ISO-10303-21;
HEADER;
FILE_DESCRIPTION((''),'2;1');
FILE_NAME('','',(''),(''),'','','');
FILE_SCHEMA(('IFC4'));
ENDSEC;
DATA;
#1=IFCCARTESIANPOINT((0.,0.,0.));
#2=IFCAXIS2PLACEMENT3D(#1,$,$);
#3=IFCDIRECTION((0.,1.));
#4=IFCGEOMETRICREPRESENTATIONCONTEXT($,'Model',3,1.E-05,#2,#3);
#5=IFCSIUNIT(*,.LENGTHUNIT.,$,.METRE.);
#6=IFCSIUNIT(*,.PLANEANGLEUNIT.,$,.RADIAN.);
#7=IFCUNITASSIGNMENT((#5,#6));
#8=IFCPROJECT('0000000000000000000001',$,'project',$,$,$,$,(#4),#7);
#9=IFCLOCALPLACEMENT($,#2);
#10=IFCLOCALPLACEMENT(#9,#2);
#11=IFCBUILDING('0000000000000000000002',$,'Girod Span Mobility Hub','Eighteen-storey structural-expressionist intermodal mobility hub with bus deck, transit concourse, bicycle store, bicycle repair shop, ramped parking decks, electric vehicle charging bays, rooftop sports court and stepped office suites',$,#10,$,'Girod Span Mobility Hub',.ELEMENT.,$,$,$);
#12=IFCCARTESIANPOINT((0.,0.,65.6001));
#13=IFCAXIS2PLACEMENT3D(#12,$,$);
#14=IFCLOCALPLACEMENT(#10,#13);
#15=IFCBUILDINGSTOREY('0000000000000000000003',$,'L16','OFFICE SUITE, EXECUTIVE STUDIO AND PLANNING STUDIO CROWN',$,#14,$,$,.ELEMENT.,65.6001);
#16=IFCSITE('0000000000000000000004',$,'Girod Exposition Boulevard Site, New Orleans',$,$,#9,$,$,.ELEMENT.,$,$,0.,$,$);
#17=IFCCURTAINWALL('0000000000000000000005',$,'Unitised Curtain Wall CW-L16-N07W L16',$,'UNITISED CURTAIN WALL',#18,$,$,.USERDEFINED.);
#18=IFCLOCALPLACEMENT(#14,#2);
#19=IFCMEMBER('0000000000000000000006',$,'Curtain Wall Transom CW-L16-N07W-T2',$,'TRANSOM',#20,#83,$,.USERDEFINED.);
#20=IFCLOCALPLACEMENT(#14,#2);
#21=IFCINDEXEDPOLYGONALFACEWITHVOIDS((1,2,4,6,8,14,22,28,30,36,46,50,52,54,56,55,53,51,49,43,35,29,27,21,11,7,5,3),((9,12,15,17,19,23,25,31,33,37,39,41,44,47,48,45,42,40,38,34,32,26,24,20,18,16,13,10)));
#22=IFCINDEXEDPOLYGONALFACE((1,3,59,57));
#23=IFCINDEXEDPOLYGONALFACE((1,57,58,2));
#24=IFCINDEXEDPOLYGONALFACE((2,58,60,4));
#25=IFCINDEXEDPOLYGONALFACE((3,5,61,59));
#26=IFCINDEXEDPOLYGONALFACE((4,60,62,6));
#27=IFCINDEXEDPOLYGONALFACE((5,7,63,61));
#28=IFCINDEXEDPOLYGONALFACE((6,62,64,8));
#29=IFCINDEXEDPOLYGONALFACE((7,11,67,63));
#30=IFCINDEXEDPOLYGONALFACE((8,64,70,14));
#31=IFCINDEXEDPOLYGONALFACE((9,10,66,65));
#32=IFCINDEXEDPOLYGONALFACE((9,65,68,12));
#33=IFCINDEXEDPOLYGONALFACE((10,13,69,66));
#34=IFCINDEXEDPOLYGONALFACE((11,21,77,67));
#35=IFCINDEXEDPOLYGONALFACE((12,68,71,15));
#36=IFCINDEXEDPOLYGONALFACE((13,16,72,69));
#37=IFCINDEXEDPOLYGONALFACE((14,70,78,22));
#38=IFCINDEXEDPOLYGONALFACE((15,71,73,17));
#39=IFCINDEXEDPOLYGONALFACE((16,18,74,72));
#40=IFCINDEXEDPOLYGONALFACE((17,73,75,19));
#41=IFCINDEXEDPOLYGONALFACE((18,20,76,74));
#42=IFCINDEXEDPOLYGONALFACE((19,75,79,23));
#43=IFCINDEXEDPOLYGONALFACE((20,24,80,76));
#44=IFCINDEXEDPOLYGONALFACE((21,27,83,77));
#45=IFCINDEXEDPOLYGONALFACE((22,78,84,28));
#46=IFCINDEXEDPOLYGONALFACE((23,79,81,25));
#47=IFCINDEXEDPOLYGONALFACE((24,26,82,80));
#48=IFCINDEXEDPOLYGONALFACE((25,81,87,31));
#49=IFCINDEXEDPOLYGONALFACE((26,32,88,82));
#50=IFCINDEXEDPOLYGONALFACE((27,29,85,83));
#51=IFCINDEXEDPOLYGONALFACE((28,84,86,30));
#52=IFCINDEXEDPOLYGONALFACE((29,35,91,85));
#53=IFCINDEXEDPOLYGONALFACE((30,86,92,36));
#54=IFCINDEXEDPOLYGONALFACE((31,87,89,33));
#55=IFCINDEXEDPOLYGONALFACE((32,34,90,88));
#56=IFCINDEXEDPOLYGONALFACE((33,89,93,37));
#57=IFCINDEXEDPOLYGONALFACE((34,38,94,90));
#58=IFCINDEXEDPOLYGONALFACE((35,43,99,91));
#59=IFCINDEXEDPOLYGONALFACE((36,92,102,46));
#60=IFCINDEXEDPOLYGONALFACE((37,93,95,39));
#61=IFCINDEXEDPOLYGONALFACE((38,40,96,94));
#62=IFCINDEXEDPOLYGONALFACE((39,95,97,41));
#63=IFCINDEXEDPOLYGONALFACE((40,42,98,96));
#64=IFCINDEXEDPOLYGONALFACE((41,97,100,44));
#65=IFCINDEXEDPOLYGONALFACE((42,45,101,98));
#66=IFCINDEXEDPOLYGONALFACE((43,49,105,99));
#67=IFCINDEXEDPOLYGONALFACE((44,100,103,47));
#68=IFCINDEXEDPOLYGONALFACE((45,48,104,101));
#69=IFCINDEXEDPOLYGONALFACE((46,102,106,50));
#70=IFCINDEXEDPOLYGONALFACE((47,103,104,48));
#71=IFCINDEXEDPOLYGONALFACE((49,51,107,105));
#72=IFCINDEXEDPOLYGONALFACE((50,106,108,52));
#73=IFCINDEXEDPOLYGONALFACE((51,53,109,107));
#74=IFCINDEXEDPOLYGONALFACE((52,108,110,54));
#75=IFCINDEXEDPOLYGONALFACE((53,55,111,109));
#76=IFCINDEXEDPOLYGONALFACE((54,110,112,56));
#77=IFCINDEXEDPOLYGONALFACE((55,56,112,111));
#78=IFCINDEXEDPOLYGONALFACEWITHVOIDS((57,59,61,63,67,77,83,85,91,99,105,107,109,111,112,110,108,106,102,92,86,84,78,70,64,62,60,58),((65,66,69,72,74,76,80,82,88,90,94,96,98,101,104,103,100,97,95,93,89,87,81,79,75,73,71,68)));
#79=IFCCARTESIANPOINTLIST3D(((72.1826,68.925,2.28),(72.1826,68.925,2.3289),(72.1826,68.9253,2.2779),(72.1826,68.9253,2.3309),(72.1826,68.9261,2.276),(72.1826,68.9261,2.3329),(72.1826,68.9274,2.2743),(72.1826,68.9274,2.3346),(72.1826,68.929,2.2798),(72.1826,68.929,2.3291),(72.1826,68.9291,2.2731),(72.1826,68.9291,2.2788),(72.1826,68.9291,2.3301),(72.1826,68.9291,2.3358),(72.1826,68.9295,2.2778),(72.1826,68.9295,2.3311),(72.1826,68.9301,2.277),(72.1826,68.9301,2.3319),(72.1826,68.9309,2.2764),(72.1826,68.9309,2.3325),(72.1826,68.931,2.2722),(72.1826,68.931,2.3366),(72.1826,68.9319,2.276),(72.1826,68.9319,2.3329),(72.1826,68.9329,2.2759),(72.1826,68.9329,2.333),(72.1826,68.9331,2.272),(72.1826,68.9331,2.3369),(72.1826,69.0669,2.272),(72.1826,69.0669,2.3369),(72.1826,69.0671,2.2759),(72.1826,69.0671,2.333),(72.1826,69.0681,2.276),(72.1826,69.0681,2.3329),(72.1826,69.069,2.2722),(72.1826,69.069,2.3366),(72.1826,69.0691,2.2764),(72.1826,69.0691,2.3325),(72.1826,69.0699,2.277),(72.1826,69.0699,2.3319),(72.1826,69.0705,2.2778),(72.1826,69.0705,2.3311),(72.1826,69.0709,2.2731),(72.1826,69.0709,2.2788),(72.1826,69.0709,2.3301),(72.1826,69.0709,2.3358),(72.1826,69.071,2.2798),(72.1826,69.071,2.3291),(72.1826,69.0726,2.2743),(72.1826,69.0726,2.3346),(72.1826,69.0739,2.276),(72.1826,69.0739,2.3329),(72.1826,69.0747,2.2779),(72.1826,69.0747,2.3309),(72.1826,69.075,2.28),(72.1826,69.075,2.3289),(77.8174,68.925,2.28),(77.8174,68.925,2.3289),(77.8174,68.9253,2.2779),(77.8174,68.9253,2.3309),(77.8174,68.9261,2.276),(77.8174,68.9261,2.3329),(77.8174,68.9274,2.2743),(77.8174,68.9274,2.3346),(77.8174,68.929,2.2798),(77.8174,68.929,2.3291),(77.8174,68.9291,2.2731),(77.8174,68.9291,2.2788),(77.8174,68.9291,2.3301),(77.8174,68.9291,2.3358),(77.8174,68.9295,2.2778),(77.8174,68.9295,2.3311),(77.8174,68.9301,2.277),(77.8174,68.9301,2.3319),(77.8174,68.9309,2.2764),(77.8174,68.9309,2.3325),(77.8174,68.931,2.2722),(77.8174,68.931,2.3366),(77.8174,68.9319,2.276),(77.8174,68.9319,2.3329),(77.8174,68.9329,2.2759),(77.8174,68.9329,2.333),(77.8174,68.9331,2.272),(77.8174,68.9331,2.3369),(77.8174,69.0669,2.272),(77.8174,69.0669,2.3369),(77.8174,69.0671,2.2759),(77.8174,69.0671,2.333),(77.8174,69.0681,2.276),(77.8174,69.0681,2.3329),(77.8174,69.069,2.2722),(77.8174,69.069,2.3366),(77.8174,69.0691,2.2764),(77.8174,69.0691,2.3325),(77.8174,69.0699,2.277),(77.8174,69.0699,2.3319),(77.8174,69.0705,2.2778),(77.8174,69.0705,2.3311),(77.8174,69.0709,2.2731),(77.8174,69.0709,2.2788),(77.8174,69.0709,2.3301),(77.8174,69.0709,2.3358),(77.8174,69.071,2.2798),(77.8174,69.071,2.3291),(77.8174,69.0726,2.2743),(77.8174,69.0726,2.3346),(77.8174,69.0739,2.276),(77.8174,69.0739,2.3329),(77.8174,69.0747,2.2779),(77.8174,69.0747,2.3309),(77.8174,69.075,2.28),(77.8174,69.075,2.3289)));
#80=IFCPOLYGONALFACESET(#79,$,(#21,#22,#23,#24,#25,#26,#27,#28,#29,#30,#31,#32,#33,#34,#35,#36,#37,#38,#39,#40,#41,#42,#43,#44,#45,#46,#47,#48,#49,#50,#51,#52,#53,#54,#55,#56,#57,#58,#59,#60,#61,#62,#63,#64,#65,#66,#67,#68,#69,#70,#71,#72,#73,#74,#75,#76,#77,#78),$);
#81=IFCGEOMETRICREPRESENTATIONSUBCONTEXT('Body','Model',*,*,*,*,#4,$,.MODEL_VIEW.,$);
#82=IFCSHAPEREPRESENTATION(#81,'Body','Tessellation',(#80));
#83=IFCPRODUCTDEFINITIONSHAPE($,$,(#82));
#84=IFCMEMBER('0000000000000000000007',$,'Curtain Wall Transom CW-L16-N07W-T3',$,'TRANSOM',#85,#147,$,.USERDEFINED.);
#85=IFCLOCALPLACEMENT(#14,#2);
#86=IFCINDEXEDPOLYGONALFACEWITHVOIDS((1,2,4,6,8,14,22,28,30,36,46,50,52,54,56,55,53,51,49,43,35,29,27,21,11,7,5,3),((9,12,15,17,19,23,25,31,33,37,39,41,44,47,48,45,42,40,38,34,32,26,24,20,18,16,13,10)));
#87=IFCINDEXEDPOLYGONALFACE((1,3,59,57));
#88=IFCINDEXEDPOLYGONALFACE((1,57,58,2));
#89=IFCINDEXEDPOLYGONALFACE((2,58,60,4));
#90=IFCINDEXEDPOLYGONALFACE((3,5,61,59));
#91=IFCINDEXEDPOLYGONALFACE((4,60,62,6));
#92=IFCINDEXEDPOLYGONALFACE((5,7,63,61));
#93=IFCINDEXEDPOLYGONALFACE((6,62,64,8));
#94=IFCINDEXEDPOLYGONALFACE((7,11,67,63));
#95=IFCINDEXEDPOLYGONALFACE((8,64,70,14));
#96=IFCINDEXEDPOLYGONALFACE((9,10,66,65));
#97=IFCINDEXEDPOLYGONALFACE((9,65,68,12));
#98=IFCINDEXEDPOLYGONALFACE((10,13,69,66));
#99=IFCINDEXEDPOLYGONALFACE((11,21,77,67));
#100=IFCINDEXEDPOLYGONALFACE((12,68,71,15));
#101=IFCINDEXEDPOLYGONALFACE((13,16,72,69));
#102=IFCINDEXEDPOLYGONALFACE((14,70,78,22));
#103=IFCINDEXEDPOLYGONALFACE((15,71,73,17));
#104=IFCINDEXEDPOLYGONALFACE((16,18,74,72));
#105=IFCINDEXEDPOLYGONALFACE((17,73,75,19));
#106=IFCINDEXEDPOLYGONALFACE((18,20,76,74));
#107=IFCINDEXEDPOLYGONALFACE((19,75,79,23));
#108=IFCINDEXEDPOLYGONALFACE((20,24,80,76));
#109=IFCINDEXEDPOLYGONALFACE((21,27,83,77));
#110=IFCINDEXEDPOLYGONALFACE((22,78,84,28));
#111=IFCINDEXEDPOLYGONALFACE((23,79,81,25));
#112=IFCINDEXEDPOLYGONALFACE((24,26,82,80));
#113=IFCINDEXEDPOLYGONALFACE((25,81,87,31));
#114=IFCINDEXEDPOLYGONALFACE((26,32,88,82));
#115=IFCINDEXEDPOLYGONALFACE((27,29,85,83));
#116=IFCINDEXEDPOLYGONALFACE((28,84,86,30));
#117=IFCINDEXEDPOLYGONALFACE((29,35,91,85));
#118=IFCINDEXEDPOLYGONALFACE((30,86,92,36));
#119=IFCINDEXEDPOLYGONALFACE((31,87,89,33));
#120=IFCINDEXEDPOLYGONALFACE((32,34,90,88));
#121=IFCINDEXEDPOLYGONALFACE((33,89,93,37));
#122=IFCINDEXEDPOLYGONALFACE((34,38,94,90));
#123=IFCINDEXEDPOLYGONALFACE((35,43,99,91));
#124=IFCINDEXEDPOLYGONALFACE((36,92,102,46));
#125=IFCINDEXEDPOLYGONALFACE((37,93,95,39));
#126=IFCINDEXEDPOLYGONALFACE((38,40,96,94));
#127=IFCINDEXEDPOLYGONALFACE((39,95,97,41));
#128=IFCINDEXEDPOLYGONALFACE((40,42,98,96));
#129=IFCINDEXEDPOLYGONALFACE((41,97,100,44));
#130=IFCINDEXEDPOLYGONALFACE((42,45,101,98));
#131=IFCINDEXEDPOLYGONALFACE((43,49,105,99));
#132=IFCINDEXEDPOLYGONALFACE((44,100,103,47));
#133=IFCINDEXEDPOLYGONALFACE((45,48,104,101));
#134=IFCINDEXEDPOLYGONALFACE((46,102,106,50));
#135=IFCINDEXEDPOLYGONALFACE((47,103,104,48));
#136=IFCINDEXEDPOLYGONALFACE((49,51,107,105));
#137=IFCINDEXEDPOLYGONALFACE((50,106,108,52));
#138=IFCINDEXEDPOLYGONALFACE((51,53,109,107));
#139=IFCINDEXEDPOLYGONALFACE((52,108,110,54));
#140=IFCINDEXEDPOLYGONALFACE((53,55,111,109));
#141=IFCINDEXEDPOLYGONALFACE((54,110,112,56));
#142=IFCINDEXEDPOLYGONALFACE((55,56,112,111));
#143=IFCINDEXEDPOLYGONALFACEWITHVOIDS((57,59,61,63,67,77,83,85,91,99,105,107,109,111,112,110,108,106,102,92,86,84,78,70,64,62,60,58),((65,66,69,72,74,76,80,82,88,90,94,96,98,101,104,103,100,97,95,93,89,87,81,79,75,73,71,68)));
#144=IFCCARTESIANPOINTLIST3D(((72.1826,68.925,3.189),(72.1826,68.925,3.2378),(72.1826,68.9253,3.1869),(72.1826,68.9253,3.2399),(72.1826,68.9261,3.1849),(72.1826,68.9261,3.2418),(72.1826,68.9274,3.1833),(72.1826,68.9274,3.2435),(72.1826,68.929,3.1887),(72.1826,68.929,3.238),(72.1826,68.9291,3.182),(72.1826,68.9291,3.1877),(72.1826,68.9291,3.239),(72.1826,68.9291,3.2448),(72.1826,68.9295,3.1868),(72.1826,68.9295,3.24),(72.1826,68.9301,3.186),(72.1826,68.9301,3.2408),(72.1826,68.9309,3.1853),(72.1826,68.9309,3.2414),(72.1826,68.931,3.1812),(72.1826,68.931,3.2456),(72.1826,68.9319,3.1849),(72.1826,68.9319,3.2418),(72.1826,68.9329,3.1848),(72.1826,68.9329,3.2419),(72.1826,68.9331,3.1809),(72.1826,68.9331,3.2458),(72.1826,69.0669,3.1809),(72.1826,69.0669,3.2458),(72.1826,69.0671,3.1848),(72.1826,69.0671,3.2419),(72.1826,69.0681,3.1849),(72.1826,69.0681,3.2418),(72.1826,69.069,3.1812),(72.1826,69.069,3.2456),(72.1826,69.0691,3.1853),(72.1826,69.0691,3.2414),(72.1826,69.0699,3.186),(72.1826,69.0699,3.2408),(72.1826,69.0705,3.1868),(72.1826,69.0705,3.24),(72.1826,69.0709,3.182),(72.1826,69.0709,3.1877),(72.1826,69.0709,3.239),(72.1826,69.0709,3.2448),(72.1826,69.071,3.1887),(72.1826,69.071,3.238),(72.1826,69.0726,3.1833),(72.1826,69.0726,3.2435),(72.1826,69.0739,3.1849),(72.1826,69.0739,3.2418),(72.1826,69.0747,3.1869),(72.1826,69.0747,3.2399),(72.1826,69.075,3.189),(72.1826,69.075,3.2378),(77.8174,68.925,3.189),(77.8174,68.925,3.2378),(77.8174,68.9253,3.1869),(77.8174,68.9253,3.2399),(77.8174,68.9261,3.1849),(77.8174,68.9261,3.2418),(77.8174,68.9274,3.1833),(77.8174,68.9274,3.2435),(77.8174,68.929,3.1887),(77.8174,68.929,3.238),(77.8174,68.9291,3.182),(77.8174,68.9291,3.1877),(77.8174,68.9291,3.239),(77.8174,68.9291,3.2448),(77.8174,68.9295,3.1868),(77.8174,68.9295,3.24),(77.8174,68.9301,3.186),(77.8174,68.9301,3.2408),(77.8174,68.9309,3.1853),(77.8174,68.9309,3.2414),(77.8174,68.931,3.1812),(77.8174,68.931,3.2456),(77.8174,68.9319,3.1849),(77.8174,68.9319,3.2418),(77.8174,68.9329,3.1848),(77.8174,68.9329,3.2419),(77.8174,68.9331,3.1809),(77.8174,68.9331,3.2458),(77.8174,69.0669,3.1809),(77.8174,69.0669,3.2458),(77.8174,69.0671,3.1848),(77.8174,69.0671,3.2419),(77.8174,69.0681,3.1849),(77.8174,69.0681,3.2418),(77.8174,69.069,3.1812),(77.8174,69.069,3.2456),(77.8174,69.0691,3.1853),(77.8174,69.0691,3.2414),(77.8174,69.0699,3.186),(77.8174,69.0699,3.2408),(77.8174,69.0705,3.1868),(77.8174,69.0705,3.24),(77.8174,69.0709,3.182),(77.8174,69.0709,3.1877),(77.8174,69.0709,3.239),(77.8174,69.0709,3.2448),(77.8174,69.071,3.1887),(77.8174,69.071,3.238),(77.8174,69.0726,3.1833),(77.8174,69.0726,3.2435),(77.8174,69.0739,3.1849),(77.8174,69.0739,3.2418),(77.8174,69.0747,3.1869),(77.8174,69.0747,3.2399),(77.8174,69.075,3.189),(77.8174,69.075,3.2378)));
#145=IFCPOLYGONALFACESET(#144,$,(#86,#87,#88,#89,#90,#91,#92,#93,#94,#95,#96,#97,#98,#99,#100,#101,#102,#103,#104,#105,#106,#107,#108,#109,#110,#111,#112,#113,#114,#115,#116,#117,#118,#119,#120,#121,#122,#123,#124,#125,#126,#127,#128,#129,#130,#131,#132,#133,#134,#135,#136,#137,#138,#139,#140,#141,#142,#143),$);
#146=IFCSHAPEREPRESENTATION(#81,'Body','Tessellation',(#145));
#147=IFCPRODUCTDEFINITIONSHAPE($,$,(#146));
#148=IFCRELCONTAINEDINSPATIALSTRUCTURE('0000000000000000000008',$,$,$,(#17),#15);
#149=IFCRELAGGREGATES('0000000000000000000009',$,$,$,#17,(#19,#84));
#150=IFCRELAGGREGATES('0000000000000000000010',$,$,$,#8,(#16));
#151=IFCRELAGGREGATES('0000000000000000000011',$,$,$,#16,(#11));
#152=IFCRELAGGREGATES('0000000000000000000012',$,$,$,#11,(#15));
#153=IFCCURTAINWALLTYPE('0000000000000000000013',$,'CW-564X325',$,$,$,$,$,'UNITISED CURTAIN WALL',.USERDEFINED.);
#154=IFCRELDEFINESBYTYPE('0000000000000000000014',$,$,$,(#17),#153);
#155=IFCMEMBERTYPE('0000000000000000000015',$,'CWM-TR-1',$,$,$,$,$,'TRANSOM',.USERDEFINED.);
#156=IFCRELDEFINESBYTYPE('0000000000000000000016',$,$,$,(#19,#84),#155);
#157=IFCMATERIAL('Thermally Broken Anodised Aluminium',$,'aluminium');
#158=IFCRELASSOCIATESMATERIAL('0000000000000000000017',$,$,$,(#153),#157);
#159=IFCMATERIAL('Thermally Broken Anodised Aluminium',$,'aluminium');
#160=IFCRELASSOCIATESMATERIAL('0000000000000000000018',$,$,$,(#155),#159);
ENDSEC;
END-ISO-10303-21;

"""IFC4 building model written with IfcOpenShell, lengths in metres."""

from ifc_helpers import new_model, si_unit, direction, frame, origin, origin_2d, place, context, subcontext, project, spatial, hollow_rectangle, extrude, material, material_profile, profile_set, type_object, element, aggregate, save


model = new_model("IFC4")

# Units and contexts
model_context = context("Model", 3, precision=1e-05, world=origin(), true_north=direction((0.0, 1.0)))
body_context = subcontext(model_context, "Body", "Model", "MODEL_VIEW")
ifc_project = project(units=[si_unit("LENGTHUNIT", "METRE"), si_unit("PLANEANGLEUNIT", "RADIAN")], contexts=[model_context])

# Site, building, storey
site_placement = place(None, origin())
site = spatial("IfcSite", under=ifc_project, at=site_placement, Name="Girod Exposition Boulevard Site, New Orleans", CompositionType="ELEMENT", RefElevation=0.0)
building_placement = place(site_placement, origin())
building = spatial("IfcBuilding", under=site, at=building_placement, Name="Girod Span Mobility Hub", Description="Eighteen-storey structural-expressionist intermodal mobility hub with bus deck, transit concourse, bicycle store, bicycle repair shop, ramped parking decks, electric vehicle charging bays, rooftop sports court and stepped office suites", LongName="Girod Span Mobility Hub", CompositionType="ELEMENT")
storey_placement = place(building_placement, frame((0.0, 0.0, 65.6001)))
storey = spatial("IfcBuildingStorey", under=building, at=storey_placement, Name="L16", Description="OFFICE SUITE, EXECUTIVE STUDIO AND PLANNING STUDIO CROWN", CompositionType="ELEMENT", Elevation=65.6001)

# Curtain wall
ifc_material_1 = material(Name="Thermally Broken Anodised Aluminium", Category="aluminium")
curtain_wall_type = type_object("IfcCurtainWallType", Name="CW-564X325", ElementType="UNITISED CURTAIN WALL", PredefinedType="USERDEFINED", material=ifc_material_1)
curtain_wall_1_placement = place(storey_placement, origin())
curtain_wall_1 = element("IfcCurtainWall", 1, at=curtain_wall_1_placement, inside=storey, type_object=curtain_wall_type, Name="Unitised Curtain Wall CW-L16-N07W L16", ObjectType="UNITISED CURTAIN WALL", PredefinedType="USERDEFINED")

# Members
ifc_material_2 = material(Name="Thermally Broken Anodised Aluminium", Category="aluminium")
ifc_material_profile_1 = material_profile(ifc_material_2, hollow_rectangle(XDim=0.1499, YDim=0.0649, WallThickness=0.0039, InnerFilletRadius=0.0039, OuterFilletRadius=0.0081, at=origin_2d()), Name="CW-TR-65X150")
ifc_profile_set_1 = profile_set([ifc_material_profile_1], Name="Thermally Broken Anodised Aluminium")
member_type_1 = type_object("IfcMemberType", Name="CWM-TR-1", ElementType="TRANSOM", PredefinedType="USERDEFINED", material=ifc_profile_set_1)
member_1_placement = place(storey_placement, frame((72.1826, 69.0, 2.3044), z_axis=(1.0, 0.0, 0.0), x_axis=(0.0, 1.0, 0.0)))
member_1 = element("IfcMember", 2, at=member_1_placement, type_object=member_type_1, Name="Curtain Wall Transom CW-L16-N07W-T2", ObjectType="TRANSOM", PredefinedType="USERDEFINED", context=body_context, shape_type="SweptSolid", body=[
    extrude(hollow_rectangle(XDim=0.1499, YDim=0.0649, WallThickness=0.0039, InnerFilletRadius=0.0039, OuterFilletRadius=0.0081, at=origin_2d()), origin(), (0.0, 0.0, 1.0), 5.6348),
])
member_2_placement = place(storey_placement, frame((72.1826, 69.0, 3.2134), z_axis=(1.0, 0.0, 0.0), x_axis=(0.0, 1.0, 0.0)))
member_2 = element("IfcMember", 3, at=member_2_placement, type_object=member_type_1, Name="Curtain Wall Transom CW-L16-N07W-T3", ObjectType="TRANSOM", PredefinedType="USERDEFINED", context=body_context, shape_type="SweptSolid", body=[
    extrude(hollow_rectangle(XDim=0.1499, YDim=0.0649, WallThickness=0.0039, InnerFilletRadius=0.0039, OuterFilletRadius=0.0081, at=origin_2d()), origin(), (0.0, 0.0, 1.0), 5.6348),
])

aggregate(curtain_wall_1, [member_1, member_2])

save(model, "model.ifc")
